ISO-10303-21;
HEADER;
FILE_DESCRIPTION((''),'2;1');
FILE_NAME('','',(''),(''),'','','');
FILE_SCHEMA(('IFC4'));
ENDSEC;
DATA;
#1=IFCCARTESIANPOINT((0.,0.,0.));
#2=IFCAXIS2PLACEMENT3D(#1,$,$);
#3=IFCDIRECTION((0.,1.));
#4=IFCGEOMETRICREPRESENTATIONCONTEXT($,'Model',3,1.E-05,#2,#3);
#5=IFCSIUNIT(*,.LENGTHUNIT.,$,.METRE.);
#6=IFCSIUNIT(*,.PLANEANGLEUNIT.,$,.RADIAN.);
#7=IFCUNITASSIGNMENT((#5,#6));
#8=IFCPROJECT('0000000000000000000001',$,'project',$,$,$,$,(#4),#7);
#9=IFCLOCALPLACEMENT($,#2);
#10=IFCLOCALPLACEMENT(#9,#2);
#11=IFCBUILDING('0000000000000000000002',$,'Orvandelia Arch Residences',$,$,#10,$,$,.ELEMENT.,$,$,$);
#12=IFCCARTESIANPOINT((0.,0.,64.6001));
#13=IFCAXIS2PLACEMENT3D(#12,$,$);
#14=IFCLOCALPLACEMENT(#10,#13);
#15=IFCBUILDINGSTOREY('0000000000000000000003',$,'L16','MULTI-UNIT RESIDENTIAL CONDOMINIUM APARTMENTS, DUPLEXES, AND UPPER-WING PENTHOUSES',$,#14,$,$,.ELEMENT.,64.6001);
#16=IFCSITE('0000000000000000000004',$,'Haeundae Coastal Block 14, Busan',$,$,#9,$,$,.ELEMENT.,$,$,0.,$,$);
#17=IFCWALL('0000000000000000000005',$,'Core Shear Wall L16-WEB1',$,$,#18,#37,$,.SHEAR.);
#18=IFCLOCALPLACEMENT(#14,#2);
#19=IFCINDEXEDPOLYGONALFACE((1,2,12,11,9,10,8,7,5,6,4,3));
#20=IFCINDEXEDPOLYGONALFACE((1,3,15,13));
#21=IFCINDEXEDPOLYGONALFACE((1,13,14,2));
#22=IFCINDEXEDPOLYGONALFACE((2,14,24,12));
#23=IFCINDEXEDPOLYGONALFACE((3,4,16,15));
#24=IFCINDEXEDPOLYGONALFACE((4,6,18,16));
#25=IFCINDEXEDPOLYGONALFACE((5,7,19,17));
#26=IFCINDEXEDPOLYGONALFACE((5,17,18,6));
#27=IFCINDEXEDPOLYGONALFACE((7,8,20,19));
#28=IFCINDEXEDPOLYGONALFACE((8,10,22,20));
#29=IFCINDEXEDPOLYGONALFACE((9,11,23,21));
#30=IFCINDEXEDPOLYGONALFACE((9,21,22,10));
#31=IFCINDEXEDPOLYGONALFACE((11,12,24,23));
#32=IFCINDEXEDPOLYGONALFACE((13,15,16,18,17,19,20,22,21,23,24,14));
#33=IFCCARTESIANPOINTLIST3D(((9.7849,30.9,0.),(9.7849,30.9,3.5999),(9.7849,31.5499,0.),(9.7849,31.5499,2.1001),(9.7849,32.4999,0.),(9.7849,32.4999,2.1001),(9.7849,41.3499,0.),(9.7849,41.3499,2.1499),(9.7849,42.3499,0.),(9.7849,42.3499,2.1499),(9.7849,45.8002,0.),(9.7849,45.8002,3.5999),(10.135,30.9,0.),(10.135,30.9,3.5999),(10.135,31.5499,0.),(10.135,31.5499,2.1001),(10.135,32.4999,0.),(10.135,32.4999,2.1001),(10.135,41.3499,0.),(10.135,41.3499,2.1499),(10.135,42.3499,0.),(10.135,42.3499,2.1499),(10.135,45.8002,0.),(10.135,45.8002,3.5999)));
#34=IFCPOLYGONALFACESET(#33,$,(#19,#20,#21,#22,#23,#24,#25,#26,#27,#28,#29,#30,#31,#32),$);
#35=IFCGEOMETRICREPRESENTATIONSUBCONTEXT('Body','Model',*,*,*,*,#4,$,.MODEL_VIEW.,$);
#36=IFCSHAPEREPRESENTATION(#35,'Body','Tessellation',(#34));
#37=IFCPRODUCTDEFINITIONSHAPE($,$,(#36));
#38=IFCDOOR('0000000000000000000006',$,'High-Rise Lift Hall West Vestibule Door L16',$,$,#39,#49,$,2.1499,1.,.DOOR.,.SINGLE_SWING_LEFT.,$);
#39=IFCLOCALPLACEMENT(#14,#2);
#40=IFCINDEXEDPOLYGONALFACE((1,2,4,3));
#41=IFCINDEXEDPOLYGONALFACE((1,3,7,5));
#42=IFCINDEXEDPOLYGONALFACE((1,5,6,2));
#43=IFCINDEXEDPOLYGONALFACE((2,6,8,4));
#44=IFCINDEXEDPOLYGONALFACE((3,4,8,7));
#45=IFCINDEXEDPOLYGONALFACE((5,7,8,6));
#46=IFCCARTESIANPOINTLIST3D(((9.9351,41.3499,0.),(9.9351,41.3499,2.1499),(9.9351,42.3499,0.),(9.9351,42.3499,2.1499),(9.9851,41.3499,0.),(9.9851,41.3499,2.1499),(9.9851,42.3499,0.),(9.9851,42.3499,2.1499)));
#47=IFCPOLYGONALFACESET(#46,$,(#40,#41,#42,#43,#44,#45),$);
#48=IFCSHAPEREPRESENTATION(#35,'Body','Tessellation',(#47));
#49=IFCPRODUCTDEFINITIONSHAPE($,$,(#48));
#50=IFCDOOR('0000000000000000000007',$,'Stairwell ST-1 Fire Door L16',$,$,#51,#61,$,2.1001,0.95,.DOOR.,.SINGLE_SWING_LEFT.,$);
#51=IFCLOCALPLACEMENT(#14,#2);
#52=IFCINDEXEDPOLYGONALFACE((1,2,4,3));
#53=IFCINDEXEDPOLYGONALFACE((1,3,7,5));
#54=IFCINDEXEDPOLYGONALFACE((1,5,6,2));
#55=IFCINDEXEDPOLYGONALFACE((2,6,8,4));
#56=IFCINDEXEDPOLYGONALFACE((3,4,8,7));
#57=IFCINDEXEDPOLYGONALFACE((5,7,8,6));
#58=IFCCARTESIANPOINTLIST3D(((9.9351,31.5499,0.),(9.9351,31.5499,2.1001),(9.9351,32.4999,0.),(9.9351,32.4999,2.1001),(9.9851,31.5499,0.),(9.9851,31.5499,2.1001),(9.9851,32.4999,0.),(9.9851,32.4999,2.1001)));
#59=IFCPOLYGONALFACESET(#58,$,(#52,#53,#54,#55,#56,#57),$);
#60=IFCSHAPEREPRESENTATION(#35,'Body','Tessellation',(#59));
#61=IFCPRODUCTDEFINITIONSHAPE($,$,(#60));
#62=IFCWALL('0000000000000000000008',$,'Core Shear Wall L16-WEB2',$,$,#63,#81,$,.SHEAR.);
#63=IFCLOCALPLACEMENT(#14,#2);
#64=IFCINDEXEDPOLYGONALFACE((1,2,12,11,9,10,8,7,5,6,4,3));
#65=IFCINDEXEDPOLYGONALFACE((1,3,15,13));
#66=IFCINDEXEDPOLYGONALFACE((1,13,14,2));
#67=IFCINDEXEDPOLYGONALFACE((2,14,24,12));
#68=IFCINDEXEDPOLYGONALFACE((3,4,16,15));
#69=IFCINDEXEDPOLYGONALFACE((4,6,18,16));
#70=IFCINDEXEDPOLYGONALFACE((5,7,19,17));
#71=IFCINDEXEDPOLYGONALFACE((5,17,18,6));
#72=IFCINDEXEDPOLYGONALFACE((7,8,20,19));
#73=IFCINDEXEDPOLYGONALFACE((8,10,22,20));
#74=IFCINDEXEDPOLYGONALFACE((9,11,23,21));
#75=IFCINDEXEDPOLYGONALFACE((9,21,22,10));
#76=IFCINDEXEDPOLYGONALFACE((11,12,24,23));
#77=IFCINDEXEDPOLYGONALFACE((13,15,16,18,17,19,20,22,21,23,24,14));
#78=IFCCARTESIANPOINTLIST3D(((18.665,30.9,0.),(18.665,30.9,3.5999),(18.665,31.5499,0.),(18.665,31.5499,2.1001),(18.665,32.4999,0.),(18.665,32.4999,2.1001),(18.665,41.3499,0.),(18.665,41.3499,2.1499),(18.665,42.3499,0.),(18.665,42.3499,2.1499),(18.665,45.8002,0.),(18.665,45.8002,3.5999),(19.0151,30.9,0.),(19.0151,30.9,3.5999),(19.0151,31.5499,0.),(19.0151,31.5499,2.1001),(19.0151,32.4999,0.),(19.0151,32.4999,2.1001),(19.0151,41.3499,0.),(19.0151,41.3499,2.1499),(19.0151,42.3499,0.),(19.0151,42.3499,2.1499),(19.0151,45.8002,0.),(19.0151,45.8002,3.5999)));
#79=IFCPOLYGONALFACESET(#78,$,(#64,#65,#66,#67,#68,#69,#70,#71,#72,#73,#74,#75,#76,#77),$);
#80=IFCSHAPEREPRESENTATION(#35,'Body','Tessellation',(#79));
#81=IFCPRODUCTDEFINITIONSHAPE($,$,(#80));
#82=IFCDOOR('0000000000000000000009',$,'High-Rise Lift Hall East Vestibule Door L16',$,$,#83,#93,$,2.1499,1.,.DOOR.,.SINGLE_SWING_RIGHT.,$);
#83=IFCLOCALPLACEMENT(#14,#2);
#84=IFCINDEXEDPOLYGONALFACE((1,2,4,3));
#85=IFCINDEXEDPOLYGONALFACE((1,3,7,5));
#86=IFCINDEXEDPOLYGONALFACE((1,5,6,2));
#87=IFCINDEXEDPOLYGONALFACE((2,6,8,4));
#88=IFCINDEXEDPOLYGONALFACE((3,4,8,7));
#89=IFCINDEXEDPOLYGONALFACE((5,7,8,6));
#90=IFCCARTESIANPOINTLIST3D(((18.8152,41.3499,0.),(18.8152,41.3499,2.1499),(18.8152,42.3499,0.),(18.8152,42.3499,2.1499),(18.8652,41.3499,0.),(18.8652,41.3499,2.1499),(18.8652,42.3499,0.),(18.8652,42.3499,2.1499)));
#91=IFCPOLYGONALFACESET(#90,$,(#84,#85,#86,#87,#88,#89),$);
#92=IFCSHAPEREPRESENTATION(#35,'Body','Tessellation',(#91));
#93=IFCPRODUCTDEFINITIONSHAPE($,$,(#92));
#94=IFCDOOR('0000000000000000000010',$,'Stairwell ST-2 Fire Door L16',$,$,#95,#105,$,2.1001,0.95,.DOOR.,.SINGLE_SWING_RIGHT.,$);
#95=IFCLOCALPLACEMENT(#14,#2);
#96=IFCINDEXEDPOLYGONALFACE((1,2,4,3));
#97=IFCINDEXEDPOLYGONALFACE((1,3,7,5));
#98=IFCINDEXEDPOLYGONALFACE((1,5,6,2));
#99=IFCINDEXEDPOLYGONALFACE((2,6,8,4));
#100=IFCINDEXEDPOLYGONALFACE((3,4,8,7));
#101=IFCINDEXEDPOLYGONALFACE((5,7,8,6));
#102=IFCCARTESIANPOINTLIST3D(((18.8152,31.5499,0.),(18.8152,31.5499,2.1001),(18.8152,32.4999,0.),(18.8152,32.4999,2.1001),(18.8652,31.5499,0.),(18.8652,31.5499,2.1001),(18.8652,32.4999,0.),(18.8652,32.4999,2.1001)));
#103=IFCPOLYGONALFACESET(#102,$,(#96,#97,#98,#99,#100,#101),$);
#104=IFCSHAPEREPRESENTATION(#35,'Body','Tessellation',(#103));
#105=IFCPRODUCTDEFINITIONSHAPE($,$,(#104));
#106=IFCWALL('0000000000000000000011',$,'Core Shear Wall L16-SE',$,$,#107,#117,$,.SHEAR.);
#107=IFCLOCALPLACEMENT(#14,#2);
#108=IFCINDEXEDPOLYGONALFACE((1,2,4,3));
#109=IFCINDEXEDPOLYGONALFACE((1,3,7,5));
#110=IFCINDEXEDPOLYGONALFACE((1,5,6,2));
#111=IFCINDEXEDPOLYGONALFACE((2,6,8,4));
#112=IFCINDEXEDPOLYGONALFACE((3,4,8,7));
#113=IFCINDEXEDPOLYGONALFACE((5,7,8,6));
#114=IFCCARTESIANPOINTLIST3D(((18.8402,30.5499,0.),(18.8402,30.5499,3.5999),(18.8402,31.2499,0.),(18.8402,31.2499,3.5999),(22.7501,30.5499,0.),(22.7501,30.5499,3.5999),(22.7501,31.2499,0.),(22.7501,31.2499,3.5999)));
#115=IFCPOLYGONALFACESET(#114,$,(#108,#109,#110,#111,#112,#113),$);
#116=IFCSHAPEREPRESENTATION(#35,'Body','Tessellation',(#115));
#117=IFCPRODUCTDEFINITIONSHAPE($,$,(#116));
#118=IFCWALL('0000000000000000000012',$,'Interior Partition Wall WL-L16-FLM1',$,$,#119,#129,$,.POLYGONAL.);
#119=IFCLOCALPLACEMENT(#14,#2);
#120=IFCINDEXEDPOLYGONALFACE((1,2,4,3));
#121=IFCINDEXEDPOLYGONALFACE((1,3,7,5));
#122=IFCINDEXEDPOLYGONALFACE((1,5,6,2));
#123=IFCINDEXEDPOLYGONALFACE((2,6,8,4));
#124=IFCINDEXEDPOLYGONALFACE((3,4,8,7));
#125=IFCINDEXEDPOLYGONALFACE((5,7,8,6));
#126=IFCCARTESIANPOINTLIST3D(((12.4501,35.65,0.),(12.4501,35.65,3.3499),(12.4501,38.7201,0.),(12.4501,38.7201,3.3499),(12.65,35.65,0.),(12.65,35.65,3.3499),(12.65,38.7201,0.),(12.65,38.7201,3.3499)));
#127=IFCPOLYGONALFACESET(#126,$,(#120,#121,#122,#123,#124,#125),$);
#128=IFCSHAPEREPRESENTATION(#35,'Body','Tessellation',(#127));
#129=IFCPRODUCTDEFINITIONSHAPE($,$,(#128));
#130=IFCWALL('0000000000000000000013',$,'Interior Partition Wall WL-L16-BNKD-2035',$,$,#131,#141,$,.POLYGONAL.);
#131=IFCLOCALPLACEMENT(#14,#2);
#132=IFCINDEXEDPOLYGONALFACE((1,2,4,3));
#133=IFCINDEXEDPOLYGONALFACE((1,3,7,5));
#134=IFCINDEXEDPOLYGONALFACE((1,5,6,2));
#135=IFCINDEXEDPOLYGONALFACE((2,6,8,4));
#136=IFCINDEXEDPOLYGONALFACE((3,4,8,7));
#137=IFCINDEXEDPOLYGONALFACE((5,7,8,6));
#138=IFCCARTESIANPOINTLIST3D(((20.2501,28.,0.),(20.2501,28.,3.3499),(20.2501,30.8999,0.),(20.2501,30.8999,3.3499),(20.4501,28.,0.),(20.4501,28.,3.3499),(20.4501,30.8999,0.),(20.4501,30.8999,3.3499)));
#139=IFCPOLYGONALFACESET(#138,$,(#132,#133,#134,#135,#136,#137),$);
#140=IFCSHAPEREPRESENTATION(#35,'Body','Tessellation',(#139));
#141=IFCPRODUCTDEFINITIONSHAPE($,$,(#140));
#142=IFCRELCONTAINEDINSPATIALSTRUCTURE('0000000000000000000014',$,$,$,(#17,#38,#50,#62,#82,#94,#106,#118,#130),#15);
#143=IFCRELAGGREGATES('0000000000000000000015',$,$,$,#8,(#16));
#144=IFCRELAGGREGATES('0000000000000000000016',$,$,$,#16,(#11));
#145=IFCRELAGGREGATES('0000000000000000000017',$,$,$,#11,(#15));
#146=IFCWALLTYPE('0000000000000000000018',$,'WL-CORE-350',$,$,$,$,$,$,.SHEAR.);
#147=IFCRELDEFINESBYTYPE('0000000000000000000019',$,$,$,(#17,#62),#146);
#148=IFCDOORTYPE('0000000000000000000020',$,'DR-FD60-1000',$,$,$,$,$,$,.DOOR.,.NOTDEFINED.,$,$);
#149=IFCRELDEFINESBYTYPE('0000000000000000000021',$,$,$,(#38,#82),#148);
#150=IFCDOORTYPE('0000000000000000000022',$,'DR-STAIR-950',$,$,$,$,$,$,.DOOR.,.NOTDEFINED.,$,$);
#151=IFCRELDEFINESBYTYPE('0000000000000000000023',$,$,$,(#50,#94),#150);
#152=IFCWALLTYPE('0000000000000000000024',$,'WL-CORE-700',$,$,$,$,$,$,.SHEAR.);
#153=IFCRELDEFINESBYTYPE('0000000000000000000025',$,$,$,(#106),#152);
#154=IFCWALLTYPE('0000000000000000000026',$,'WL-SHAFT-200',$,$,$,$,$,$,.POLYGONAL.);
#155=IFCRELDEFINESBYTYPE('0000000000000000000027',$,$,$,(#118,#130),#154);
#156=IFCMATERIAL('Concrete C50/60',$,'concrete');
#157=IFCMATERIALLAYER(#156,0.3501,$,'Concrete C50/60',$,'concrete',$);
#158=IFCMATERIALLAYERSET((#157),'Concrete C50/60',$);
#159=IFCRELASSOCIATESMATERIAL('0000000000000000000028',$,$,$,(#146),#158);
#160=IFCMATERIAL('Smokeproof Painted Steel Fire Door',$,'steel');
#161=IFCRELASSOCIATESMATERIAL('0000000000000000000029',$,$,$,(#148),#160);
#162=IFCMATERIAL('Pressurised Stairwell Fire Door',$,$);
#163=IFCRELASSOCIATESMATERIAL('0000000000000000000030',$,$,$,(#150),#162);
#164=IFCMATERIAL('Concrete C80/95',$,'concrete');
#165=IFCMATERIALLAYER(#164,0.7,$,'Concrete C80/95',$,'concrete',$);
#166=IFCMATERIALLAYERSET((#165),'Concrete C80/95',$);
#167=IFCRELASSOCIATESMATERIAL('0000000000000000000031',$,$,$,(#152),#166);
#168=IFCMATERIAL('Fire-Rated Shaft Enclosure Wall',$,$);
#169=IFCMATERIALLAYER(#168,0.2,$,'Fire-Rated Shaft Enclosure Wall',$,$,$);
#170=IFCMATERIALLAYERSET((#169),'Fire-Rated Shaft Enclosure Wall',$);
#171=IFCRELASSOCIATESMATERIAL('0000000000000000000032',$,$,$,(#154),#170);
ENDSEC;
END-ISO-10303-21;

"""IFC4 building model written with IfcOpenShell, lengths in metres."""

from ifc_helpers import new_model, si_unit, direction, frame, frame_2d, origin, place, context, subcontext, project, spatial, rectangle, extrude, material, layer, layer_set, type_object, element, fill, save


model = new_model("IFC4")

# Units and contexts
model_context = context("Model", 3, precision=1e-05, world=origin(), true_north=direction((0.0, 1.0)))
body_context = subcontext(model_context, "Body", "Model", "MODEL_VIEW")
ifc_project = project(units=[si_unit("LENGTHUNIT", "METRE"), si_unit("PLANEANGLEUNIT", "RADIAN")], contexts=[model_context])

# Site, building, storey
site_placement = place(None, origin())
site = spatial("IfcSite", under=ifc_project, at=site_placement, Name="Haeundae Coastal Block 14, Busan", CompositionType="ELEMENT", RefElevation=0.0)
building_placement = place(site_placement, origin())
building = spatial("IfcBuilding", under=site, at=building_placement, Name="Orvandelia Arch Residences", CompositionType="ELEMENT")
storey_placement = place(building_placement, frame((0.0, 0.0, 64.6001)))
storey = spatial("IfcBuildingStorey", under=building, at=storey_placement, Name="L16", Description="MULTI-UNIT RESIDENTIAL CONDOMINIUM APARTMENTS, DUPLEXES, AND UPPER-WING PENTHOUSES", CompositionType="ELEMENT", Elevation=64.6001)

# Walls, openings, doors
ifc_material_1 = material(Name="Concrete C50/60", Category="concrete")
ifc_layer_1 = layer(ifc_material_1, 0.3501, Name="Concrete C50/60", Category="concrete")
ifc_layer_set_1 = layer_set([ifc_layer_1], Name="Concrete C50/60")
wall_type_1 = type_object("IfcWallType", Name="WL-CORE-350", PredefinedType="SHEAR", material=ifc_layer_set_1)
wall_1_placement = place(storey_placement, frame((9.96, 30.8999, 0.0), z_axis=(0.0, 0.0, 1.0), x_axis=(0.0, 1.0, 0.0)))
wall_1 = element("IfcWall", 1, at=wall_1_placement, inside=storey, type_object=wall_type_1, Name="Core Shear Wall L16-WEB1", PredefinedType="SHEAR", context=body_context, shape_type="SweptSolid", body=[
    extrude(rectangle(XDim=14.9001, YDim=0.3501, at=frame_2d((7.4502, 0.0))), origin(), (0.0, 0.0, 1.0), 3.5999),
])
opening_1_placement = place(wall_1_placement, frame((0.6499, 0.0, 0.0)))
opening_1 = element("IfcOpeningElement", 2, at=opening_1_placement, cuts=wall_1, PredefinedType="OPENING", context=body_context, shape_type="SweptSolid", body=[
    extrude(rectangle(XDim=0.95, YDim=2.1001, at=frame_2d((0.4751, 1.05))), frame((0.0, 0.1851, 0.0), z_axis=(0.0, -1.0, 0.0), x_axis=(1.0, 0.0, 0.0)), (0.0, 0.0, 1.0), 0.3701),
])
opening_2_placement = place(wall_1_placement, frame((10.45, 0.0, 0.0)))
opening_2 = element("IfcOpeningElement", 3, at=opening_2_placement, cuts=wall_1, PredefinedType="OPENING", context=body_context, shape_type="SweptSolid", body=[
    extrude(rectangle(XDim=1.0, YDim=2.1499, at=frame_2d((0.5, 1.075))), frame((0.0, 0.1851, 0.0), z_axis=(0.0, -1.0, 0.0), x_axis=(1.0, 0.0, 0.0)), (0.0, 0.0, 1.0), 0.3701),
])
ifc_material_2 = material(Name="Smokeproof Painted Steel Fire Door", Category="steel")
door_type_1 = type_object("IfcDoorType", Name="DR-FD60-1000", OperationType="NOTDEFINED", PredefinedType="DOOR", material=ifc_material_2)
door_1_placement = place(opening_2_placement, origin())
door_1 = element("IfcDoor", 4, at=door_1_placement, inside=storey, type_object=door_type_1, Name="High-Rise Lift Hall West Vestibule Door L16", OperationType="SINGLE_SWING_LEFT", OverallHeight=2.1499, OverallWidth=1.0, PredefinedType="DOOR", context=body_context, shape_type="SweptSolid", body=[
    extrude(rectangle(XDim=1.0, YDim=2.1499, at=frame_2d((0.5, 1.075))), frame((0.0, 0.0249, 0.0), z_axis=(0.0, -1.0, 0.0), x_axis=(1.0, 0.0, 0.0)), (0.0, 0.0, 1.0), 0.05),
])
fill(opening_2, door_1)
ifc_material_3 = material(Name="Pressurised Stairwell Fire Door")
door_type_2 = type_object("IfcDoorType", Name="DR-STAIR-950", OperationType="NOTDEFINED", PredefinedType="DOOR", material=ifc_material_3)
door_2_placement = place(opening_1_placement, origin())
door_2 = element("IfcDoor", 5, at=door_2_placement, inside=storey, type_object=door_type_2, Name="Stairwell ST-1 Fire Door L16", OperationType="SINGLE_SWING_LEFT", OverallHeight=2.1001, OverallWidth=0.95, PredefinedType="DOOR", context=body_context, shape_type="SweptSolid", body=[
    extrude(rectangle(XDim=0.95, YDim=2.1001, at=frame_2d((0.4751, 1.05))), frame((0.0, 0.0249, 0.0), z_axis=(0.0, -1.0, 0.0), x_axis=(1.0, 0.0, 0.0)), (0.0, 0.0, 1.0), 0.05),
])
fill(opening_1, door_2)
wall_2_placement = place(storey_placement, frame((18.8401, 30.8999, 0.0), z_axis=(0.0, 0.0, 1.0), x_axis=(0.0, 1.0, 0.0)))
wall_2 = element("IfcWall", 6, at=wall_2_placement, inside=storey, type_object=wall_type_1, Name="Core Shear Wall L16-WEB2", PredefinedType="SHEAR", context=body_context, shape_type="SweptSolid", body=[
    extrude(rectangle(XDim=14.9001, YDim=0.3501, at=frame_2d((7.4502, 0.0))), origin(), (0.0, 0.0, 1.0), 3.5999),
])
opening_3_placement = place(wall_2_placement, frame((0.6499, 0.0, 0.0)))
opening_3 = element("IfcOpeningElement", 7, at=opening_3_placement, cuts=wall_2, PredefinedType="OPENING", context=body_context, shape_type="SweptSolid", body=[
    extrude(rectangle(XDim=0.95, YDim=2.1001, at=frame_2d((0.4751, 1.05))), frame((0.0, 0.1851, 0.0), z_axis=(0.0, -1.0, 0.0), x_axis=(1.0, 0.0, 0.0)), (0.0, 0.0, 1.0), 0.3701),
])
opening_4_placement = place(wall_2_placement, frame((10.45, 0.0, 0.0)))
opening_4 = element("IfcOpeningElement", 8, at=opening_4_placement, cuts=wall_2, PredefinedType="OPENING", context=body_context, shape_type="SweptSolid", body=[
    extrude(rectangle(XDim=1.0, YDim=2.1499, at=frame_2d((0.5, 1.075))), frame((0.0, 0.1851, 0.0), z_axis=(0.0, -1.0, 0.0), x_axis=(1.0, 0.0, 0.0)), (0.0, 0.0, 1.0), 0.3701),
])
door_3_placement = place(opening_4_placement, origin())
door_3 = element("IfcDoor", 9, at=door_3_placement, inside=storey, type_object=door_type_1, Name="High-Rise Lift Hall East Vestibule Door L16", OperationType="SINGLE_SWING_RIGHT", OverallHeight=2.1499, OverallWidth=1.0, PredefinedType="DOOR", context=body_context, shape_type="SweptSolid", body=[
    extrude(rectangle(XDim=1.0, YDim=2.1499, at=frame_2d((0.5, 1.075))), frame((0.0, 0.0249, 0.0), z_axis=(0.0, -1.0, 0.0), x_axis=(1.0, 0.0, 0.0)), (0.0, 0.0, 1.0), 0.05),
])
fill(opening_4, door_3)
door_4_placement = place(opening_3_placement, origin())
door_4 = element("IfcDoor", 10, at=door_4_placement, inside=storey, type_object=door_type_2, Name="Stairwell ST-2 Fire Door L16", OperationType="SINGLE_SWING_RIGHT", OverallHeight=2.1001, OverallWidth=0.95, PredefinedType="DOOR", context=body_context, shape_type="SweptSolid", body=[
    extrude(rectangle(XDim=0.95, YDim=2.1001, at=frame_2d((0.4751, 1.05))), frame((0.0, 0.0249, 0.0), z_axis=(0.0, -1.0, 0.0), x_axis=(1.0, 0.0, 0.0)), (0.0, 0.0, 1.0), 0.05),
])
fill(opening_3, door_4)

# Shared definitions
ifc_material_4 = material(Name="Concrete C80/95", Category="concrete")
ifc_layer_2 = layer(ifc_material_4, 0.7, Name="Concrete C80/95", Category="concrete")
ifc_layer_set_2 = layer_set([ifc_layer_2], Name="Concrete C80/95")
wall_type_2 = type_object("IfcWallType", Name="WL-CORE-700", PredefinedType="SHEAR", material=ifc_layer_set_2)

# Walls
wall_3_placement = place(storey_placement, frame((18.8401, 30.8999, 0.0), z_axis=(0.0, 0.0, 1.0), x_axis=(1.0, 0.0, 0.0)))
element("IfcWall", 11, at=wall_3_placement, inside=storey, type_object=wall_type_2, Name="Core Shear Wall L16-SE", PredefinedType="SHEAR", context=body_context, shape_type="SweptSolid", body=[
    extrude(rectangle(XDim=3.9099, YDim=0.7, at=frame_2d((1.9551, 0.0))), origin(), (0.0, 0.0, 1.0), 3.5999),
])
ifc_material_5 = material(Name="Fire-Rated Shaft Enclosure Wall")
ifc_layer_3 = layer(ifc_material_5, 0.2, Name="Fire-Rated Shaft Enclosure Wall")
ifc_layer_set_3 = layer_set([ifc_layer_3], Name="Fire-Rated Shaft Enclosure Wall")
wall_type_3 = type_object("IfcWallType", Name="WL-SHAFT-200", PredefinedType="POLYGONAL", material=ifc_layer_set_3)
wall_4_placement = place(storey_placement, frame((12.55, 35.6499, 0.0), z_axis=(0.0, 0.0, 1.0), x_axis=(0.0, 1.0, 0.0)))
element("IfcWall", 12, at=wall_4_placement, inside=storey, type_object=wall_type_3, Name="Interior Partition Wall WL-L16-FLM1", PredefinedType="POLYGONAL", context=body_context, shape_type="SweptSolid", body=[
    extrude(rectangle(XDim=3.0701, YDim=0.2, at=frame_2d((1.5352, 0.0))), origin(), (0.0, 0.0, 1.0), 3.3499),
])
wall_5_placement = place(storey_placement, frame((20.3501, 28.0, 0.0), z_axis=(0.0, 0.0, 1.0), x_axis=(0.0, 1.0, 0.0)))
element("IfcWall", 13, at=wall_5_placement, inside=storey, type_object=wall_type_3, Name="Interior Partition Wall WL-L16-BNKD-2035", PredefinedType="POLYGONAL", context=body_context, shape_type="SweptSolid", body=[
    extrude(rectangle(XDim=2.8999, YDim=0.2, at=frame_2d((1.45, 0.0))), origin(), (0.0, 0.0, 1.0), 3.3499),
])

save(model, "model.ifc")
